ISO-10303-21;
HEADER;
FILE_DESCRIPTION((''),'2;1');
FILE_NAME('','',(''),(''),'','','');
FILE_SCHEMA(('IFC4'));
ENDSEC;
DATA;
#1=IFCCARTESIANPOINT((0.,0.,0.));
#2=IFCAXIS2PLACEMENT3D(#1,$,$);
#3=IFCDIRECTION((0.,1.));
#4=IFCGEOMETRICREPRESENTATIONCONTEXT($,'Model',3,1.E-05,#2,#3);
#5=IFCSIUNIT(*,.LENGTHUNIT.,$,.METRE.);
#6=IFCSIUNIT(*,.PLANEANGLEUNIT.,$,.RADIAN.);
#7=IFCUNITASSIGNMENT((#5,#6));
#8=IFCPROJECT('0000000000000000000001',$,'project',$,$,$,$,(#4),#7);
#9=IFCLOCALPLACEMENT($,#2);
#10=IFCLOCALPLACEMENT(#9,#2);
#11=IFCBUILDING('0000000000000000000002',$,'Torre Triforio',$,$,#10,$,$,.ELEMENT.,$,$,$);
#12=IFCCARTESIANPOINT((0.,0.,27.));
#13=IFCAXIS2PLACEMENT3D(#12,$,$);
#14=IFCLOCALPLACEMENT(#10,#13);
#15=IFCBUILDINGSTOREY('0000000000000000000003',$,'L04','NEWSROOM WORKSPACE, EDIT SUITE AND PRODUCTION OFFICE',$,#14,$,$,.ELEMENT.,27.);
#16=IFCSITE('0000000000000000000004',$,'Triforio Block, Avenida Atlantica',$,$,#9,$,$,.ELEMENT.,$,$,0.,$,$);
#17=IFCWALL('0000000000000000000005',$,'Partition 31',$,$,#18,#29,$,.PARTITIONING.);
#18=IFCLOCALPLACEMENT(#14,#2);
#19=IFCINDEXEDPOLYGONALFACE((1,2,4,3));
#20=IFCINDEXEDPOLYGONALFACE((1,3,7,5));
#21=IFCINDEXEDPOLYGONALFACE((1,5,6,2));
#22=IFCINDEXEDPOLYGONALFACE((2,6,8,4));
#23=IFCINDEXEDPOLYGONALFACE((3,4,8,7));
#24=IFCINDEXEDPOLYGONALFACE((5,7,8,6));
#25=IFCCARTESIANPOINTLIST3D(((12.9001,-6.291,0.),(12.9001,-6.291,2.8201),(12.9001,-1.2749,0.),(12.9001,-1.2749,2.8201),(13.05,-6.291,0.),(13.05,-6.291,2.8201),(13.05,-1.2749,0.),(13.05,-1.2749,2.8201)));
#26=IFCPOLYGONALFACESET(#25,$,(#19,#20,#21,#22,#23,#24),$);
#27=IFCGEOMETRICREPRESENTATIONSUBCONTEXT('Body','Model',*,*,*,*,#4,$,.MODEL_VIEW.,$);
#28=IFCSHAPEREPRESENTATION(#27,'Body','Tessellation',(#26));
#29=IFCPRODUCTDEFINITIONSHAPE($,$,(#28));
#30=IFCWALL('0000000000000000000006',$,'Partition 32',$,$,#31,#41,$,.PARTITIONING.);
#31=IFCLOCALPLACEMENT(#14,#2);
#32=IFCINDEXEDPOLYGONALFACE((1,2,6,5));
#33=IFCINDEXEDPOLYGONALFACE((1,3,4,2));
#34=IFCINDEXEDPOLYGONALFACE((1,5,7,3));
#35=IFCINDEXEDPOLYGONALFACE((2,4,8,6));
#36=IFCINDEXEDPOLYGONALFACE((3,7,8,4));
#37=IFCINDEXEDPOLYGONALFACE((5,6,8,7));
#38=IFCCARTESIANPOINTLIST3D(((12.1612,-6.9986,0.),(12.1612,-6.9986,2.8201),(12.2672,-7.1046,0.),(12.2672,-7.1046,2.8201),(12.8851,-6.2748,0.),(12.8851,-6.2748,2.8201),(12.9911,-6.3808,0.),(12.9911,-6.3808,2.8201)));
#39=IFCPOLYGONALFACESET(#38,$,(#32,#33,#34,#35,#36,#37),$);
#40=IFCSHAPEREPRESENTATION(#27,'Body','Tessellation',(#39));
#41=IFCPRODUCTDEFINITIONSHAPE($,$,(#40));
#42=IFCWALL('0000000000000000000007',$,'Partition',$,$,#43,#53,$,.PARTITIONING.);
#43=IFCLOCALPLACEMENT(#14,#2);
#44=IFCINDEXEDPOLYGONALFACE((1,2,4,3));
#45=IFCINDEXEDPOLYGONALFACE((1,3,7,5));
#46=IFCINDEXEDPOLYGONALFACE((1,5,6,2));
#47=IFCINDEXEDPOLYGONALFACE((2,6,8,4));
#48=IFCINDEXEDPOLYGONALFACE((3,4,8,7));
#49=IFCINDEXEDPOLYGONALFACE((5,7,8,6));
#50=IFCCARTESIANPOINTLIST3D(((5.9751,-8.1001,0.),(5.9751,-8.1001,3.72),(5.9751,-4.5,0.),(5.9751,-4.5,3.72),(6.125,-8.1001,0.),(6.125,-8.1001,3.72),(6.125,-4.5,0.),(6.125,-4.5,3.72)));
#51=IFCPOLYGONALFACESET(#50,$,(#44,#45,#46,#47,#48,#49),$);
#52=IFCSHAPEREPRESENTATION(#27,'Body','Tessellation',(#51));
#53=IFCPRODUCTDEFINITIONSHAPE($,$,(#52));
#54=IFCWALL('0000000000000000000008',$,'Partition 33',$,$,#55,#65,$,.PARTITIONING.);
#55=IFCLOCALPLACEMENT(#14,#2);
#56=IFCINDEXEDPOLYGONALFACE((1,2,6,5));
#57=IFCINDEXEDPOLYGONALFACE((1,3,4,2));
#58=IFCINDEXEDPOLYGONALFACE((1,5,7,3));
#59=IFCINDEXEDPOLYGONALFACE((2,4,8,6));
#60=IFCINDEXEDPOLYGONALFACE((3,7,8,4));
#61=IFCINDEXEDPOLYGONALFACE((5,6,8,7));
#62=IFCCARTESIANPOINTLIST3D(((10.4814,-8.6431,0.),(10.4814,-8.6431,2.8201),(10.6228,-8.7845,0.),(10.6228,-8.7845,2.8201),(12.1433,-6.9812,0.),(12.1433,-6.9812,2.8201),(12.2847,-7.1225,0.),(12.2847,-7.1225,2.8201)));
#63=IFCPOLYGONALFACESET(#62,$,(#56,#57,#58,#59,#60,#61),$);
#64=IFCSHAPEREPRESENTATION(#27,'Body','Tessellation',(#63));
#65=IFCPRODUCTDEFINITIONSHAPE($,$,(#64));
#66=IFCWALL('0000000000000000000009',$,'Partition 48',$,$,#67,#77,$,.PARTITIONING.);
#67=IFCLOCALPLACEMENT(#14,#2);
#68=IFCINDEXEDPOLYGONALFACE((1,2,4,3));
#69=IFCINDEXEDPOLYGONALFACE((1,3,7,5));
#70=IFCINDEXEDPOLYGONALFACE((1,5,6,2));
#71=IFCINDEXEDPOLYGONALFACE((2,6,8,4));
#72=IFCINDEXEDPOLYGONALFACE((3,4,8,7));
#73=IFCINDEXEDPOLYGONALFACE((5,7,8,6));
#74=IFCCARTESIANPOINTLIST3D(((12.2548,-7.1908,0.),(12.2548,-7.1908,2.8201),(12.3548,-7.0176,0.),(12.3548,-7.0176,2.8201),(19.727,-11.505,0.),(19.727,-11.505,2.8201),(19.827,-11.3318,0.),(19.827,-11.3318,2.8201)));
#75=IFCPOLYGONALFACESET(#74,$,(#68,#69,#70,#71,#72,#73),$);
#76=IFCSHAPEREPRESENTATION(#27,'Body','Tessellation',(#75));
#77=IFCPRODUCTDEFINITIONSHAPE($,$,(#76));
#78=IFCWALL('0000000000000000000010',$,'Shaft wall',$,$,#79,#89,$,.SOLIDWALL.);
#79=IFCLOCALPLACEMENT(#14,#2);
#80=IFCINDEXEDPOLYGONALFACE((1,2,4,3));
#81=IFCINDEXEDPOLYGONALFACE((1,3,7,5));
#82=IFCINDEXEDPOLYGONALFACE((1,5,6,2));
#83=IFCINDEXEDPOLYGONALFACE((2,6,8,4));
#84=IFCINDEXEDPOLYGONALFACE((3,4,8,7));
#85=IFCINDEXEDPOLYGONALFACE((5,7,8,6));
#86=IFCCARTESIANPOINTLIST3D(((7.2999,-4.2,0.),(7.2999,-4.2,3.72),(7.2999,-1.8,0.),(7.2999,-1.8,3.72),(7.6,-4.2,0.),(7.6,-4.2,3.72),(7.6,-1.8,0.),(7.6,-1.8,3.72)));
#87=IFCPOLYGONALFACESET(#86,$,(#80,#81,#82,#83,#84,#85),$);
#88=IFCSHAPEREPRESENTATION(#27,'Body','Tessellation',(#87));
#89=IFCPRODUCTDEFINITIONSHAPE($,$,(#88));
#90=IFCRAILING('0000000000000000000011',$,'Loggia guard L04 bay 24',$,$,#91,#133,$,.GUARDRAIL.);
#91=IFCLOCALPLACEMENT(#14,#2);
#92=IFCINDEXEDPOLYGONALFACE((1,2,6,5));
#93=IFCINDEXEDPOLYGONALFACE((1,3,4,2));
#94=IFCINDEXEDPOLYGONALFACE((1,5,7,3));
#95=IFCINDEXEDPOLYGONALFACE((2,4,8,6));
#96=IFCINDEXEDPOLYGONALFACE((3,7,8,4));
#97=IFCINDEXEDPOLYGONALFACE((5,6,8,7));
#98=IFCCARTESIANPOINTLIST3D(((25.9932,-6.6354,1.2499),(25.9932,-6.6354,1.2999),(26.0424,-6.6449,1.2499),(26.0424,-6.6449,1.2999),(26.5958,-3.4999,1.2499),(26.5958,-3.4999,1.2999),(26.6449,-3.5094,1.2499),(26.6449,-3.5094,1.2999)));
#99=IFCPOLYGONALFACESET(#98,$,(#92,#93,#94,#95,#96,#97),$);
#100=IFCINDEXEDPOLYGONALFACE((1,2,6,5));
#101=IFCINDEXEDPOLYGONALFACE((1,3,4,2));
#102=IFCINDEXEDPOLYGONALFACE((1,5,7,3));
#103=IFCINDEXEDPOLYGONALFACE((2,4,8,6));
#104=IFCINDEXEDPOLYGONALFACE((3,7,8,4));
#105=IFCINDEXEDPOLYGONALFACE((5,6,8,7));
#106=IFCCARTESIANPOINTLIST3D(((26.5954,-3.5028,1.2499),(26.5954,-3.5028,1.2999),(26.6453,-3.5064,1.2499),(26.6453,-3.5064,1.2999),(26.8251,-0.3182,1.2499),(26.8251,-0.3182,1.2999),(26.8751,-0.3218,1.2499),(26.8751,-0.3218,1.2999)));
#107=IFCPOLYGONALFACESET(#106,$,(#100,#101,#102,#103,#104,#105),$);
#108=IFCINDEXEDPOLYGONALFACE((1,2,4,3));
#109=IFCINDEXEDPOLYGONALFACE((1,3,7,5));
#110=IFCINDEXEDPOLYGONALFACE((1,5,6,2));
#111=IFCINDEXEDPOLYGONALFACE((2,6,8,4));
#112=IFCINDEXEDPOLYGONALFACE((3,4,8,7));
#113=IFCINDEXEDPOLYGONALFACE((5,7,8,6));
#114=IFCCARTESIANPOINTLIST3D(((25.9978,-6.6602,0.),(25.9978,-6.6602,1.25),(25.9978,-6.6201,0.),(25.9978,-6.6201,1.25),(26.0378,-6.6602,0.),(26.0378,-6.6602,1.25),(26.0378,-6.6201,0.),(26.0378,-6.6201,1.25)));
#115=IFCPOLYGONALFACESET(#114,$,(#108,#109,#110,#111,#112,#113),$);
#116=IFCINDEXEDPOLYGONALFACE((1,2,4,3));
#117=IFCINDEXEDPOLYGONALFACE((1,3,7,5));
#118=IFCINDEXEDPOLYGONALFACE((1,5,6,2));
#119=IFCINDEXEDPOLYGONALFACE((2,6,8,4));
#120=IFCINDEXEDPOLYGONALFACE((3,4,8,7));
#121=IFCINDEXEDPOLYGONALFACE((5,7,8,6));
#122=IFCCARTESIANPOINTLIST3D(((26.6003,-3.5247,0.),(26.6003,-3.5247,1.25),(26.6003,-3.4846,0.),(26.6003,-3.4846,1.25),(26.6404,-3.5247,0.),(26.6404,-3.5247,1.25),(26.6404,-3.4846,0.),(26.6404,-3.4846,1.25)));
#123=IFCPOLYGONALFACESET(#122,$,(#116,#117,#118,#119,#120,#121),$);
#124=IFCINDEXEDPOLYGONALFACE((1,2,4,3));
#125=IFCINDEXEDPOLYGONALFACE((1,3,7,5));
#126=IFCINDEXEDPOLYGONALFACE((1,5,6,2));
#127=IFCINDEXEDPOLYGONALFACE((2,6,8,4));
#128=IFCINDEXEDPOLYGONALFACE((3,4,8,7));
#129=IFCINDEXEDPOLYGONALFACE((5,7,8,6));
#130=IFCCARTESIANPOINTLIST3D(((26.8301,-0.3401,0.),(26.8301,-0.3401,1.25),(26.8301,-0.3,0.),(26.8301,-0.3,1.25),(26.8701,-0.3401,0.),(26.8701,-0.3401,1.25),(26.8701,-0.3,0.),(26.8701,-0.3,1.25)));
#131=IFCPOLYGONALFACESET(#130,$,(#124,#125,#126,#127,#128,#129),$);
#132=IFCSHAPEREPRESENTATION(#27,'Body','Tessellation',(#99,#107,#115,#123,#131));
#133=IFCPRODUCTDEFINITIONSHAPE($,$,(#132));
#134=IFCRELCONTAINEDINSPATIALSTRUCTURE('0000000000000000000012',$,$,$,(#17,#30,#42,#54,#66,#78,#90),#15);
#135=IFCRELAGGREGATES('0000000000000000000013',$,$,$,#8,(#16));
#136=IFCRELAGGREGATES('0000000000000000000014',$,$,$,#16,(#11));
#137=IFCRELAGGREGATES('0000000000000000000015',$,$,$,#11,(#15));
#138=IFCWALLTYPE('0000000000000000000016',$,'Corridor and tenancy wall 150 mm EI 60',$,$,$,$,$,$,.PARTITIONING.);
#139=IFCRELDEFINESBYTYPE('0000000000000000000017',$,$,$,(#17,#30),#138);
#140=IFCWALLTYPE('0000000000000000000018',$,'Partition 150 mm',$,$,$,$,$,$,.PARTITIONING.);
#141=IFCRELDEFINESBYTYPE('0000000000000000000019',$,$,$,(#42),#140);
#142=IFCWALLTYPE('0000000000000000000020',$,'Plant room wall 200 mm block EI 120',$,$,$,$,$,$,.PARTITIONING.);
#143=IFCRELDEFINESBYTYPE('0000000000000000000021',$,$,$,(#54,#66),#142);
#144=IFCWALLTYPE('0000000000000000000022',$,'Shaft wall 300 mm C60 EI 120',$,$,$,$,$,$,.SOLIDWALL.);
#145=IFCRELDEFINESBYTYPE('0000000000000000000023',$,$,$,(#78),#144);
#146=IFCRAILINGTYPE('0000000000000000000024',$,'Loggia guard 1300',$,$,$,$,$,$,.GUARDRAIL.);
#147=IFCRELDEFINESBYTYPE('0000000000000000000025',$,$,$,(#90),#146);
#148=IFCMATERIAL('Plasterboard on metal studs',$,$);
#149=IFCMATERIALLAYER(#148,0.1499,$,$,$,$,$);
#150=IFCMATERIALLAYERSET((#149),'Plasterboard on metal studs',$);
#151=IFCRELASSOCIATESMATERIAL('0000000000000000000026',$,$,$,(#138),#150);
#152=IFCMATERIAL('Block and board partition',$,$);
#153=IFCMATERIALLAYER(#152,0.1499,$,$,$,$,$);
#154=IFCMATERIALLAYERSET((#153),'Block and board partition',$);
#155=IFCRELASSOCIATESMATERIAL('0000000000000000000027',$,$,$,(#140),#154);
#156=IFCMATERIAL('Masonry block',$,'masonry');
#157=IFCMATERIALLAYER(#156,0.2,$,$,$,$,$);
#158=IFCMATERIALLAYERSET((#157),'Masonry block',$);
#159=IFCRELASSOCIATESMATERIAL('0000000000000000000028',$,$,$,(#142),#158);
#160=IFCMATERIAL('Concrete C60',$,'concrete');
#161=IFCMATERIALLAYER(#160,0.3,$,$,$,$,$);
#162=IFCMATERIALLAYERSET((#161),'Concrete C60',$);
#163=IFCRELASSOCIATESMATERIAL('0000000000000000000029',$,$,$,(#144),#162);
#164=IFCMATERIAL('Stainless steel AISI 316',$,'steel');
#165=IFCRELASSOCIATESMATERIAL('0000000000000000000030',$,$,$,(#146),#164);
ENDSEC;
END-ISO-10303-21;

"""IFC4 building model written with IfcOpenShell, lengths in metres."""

from ifc_helpers import new_model, si_unit, direction, frame, frame_2d, origin, origin_2d, place, context, subcontext, project, spatial, rectangle, extrude, material, layer, layer_set, type_object, element, save


model = new_model("IFC4")

# Units and contexts
model_context = context("Model", 3, precision=1e-05, world=origin(), true_north=direction((0.0, 1.0)))
body_context = subcontext(model_context, "Body", "Model", "MODEL_VIEW")
ifc_project = project(units=[si_unit("LENGTHUNIT", "METRE"), si_unit("PLANEANGLEUNIT", "RADIAN")], contexts=[model_context])

# Site, building, storey
site_placement = place(None, origin())
site = spatial("IfcSite", under=ifc_project, at=site_placement, Name="Triforio Block, Avenida Atlantica", CompositionType="ELEMENT", RefElevation=0.0)
building_placement = place(site_placement, origin())
building = spatial("IfcBuilding", under=site, at=building_placement, Name="Torre Triforio", CompositionType="ELEMENT")
storey_placement = place(building_placement, frame((0.0, 0.0, 27.0)))
storey = spatial("IfcBuildingStorey", under=building, at=storey_placement, Name="L04", Description="NEWSROOM WORKSPACE, EDIT SUITE AND PRODUCTION OFFICE", CompositionType="ELEMENT", Elevation=27.0)

# Shared definitions
ifc_material_1 = material(Name="Concrete C60", Category="concrete")
ifc_material_2 = material(Name="Plasterboard on metal studs")
ifc_layer_1 = layer(ifc_material_2, 0.1499)
ifc_layer_set_1 = layer_set([ifc_layer_1], Name="Plasterboard on metal studs")
wall_type_1 = type_object("IfcWallType", Name="Corridor and tenancy wall 150 mm EI 60", PredefinedType="PARTITIONING", material=ifc_layer_set_1)

# Walls
wall_1_placement = place(storey_placement, frame((12.9751, -1.2749, 0.0), z_axis=(0.0, 0.0, 1.0), x_axis=(0.0, -1.0, 0.0)))
element("IfcWall", 1, at=wall_1_placement, inside=storey, type_object=wall_type_1, Name="Partition 31", PredefinedType="PARTITIONING", context=body_context, shape_type="SweptSolid", body=[
    extrude(rectangle(XDim=5.0161, YDim=0.1499, at=frame_2d((2.5081, 0.0))), origin(), (0.0, 0.0, 1.0), 2.8201),
])
wall_2_placement = place(storey_placement, frame((12.938, -6.3279, 0.0), z_axis=(0.0, 0.0, 1.0), x_axis=(-0.707107, -0.707107, 0.0)))
element("IfcWall", 2, at=wall_2_placement, inside=storey, type_object=wall_type_1, Name="Partition 32", PredefinedType="PARTITIONING", context=body_context, shape_type="SweptSolid", body=[
    extrude(rectangle(XDim=1.0237, YDim=0.1499, at=frame_2d((0.5117, 0.0))), origin(), (0.0, 0.0, 1.0), 2.8201),
])
ifc_material_3 = material(Name="Block and board partition")
ifc_layer_2 = layer(ifc_material_3, 0.1499)
ifc_layer_set_2 = layer_set([ifc_layer_2], Name="Block and board partition")
wall_type_2 = type_object("IfcWallType", Name="Partition 150 mm", PredefinedType="PARTITIONING", material=ifc_layer_set_2)
wall_3_placement = place(storey_placement, frame((6.05, -8.1001, 0.0), z_axis=(0.0, 0.0, 1.0), x_axis=(0.0, 1.0, 0.0)))
element("IfcWall", 3, at=wall_3_placement, inside=storey, type_object=wall_type_2, Name="Partition", PredefinedType="PARTITIONING", context=body_context, shape_type="SweptSolid", body=[
    extrude(rectangle(XDim=3.6001, YDim=0.1499, at=frame_2d((1.8, 0.0))), origin(), (0.0, 0.0, 1.0), 3.72),
])
ifc_material_4 = material(Name="Masonry block", Category="masonry")
ifc_layer_3 = layer(ifc_material_4, 0.2)
ifc_layer_set_3 = layer_set([ifc_layer_3], Name="Masonry block")
wall_type_3 = type_object("IfcWallType", Name="Plant room wall 200 mm block EI 120", PredefinedType="PARTITIONING", material=ifc_layer_set_3)
wall_4_placement = place(storey_placement, frame((12.2141, -7.0518, 0.0), z_axis=(0.0, 0.0, 1.0), x_axis=(-0.707107, -0.707107, 0.0)))
element("IfcWall", 4, at=wall_4_placement, inside=storey, type_object=wall_type_3, Name="Partition 33", PredefinedType="PARTITIONING", context=body_context, shape_type="SweptSolid", body=[
    extrude(rectangle(XDim=2.3503, YDim=0.2, at=frame_2d((1.1753, 0.0))), origin(), (0.0, 0.0, 1.0), 2.8201),
])
wall_5_placement = place(storey_placement, frame((12.3049, -7.1042, 0.0), z_axis=(0.0, 0.0, 1.0), x_axis=(0.866018, -0.500013, 0.0)))
element("IfcWall", 5, at=wall_5_placement, inside=storey, type_object=wall_type_3, Name="Partition 48", PredefinedType="PARTITIONING", context=body_context, shape_type="SweptSolid", body=[
    extrude(rectangle(XDim=8.6282, YDim=0.2, at=frame_2d((4.314, 0.0))), origin(), (0.0, 0.0, 1.0), 2.8201),
])
ifc_layer_4 = layer(ifc_material_1, 0.3)
ifc_layer_set_4 = layer_set([ifc_layer_4], Name="Concrete C60")
wall_type_4 = type_object("IfcWallType", Name="Shaft wall 300 mm C60 EI 120", PredefinedType="SOLIDWALL", material=ifc_layer_set_4)
wall_6_placement = place(storey_placement, frame((7.45, -4.2, 0.0), z_axis=(0.0, 0.0, 1.0), x_axis=(0.0, 1.0, 0.0)))
element("IfcWall", 6, at=wall_6_placement, inside=storey, type_object=wall_type_4, Name="Shaft wall", PredefinedType="SOLIDWALL", context=body_context, shape_type="SweptSolid", body=[
    extrude(rectangle(XDim=2.3999, YDim=0.3, at=frame_2d((1.2, 0.0))), origin(), (0.0, 0.0, 1.0), 3.72),
])

# Railing
ifc_material_5 = material(Name="Stainless steel AISI 316", Category="steel")
railing_type = type_object("IfcRailingType", Name="Loggia guard 1300", PredefinedType="GUARDRAIL", material=ifc_material_5)
railing_placement = place(storey_placement, frame((26.0178, -6.6401, 0.0)))
element("IfcRailing", 7, at=railing_placement, inside=storey, type_object=railing_type, Name="Loggia guard L04 bay 24", PredefinedType="GUARDRAIL", context=body_context, shape_type="SweptSolid", body=[
    extrude(rectangle(XDim=0.05, YDim=0.05, at=origin_2d()), frame((0.0, 0.0, 1.2749), z_axis=(0.188714, 0.982032, 0.0), x_axis=(-0.982032, 0.188714, 0.0)), (0.0, 0.0, 1.0), 3.1929),
    extrude(rectangle(XDim=0.05, YDim=0.05, at=origin_2d()), frame((0.6025, 3.1355, 1.2749), z_axis=(0.071953, 0.997408, 0.0), x_axis=(-0.997408, 0.071953, 0.0)), (0.0, 0.0, 1.0), 3.1929),
    extrude(rectangle(XDim=0.04, YDim=0.04, at=origin_2d()), origin(), (0.0, 0.0, 1.0), 1.25),
    extrude(rectangle(XDim=0.04, YDim=0.04, at=origin_2d()), frame((0.6025, 3.1355, 0.0)), (0.0, 0.0, 1.0), 1.25),
    extrude(rectangle(XDim=0.04, YDim=0.04, at=origin_2d()), frame((0.8323, 6.3201, 0.0)), (0.0, 0.0, 1.0), 1.25),
])

save(model, "model.ifc")
